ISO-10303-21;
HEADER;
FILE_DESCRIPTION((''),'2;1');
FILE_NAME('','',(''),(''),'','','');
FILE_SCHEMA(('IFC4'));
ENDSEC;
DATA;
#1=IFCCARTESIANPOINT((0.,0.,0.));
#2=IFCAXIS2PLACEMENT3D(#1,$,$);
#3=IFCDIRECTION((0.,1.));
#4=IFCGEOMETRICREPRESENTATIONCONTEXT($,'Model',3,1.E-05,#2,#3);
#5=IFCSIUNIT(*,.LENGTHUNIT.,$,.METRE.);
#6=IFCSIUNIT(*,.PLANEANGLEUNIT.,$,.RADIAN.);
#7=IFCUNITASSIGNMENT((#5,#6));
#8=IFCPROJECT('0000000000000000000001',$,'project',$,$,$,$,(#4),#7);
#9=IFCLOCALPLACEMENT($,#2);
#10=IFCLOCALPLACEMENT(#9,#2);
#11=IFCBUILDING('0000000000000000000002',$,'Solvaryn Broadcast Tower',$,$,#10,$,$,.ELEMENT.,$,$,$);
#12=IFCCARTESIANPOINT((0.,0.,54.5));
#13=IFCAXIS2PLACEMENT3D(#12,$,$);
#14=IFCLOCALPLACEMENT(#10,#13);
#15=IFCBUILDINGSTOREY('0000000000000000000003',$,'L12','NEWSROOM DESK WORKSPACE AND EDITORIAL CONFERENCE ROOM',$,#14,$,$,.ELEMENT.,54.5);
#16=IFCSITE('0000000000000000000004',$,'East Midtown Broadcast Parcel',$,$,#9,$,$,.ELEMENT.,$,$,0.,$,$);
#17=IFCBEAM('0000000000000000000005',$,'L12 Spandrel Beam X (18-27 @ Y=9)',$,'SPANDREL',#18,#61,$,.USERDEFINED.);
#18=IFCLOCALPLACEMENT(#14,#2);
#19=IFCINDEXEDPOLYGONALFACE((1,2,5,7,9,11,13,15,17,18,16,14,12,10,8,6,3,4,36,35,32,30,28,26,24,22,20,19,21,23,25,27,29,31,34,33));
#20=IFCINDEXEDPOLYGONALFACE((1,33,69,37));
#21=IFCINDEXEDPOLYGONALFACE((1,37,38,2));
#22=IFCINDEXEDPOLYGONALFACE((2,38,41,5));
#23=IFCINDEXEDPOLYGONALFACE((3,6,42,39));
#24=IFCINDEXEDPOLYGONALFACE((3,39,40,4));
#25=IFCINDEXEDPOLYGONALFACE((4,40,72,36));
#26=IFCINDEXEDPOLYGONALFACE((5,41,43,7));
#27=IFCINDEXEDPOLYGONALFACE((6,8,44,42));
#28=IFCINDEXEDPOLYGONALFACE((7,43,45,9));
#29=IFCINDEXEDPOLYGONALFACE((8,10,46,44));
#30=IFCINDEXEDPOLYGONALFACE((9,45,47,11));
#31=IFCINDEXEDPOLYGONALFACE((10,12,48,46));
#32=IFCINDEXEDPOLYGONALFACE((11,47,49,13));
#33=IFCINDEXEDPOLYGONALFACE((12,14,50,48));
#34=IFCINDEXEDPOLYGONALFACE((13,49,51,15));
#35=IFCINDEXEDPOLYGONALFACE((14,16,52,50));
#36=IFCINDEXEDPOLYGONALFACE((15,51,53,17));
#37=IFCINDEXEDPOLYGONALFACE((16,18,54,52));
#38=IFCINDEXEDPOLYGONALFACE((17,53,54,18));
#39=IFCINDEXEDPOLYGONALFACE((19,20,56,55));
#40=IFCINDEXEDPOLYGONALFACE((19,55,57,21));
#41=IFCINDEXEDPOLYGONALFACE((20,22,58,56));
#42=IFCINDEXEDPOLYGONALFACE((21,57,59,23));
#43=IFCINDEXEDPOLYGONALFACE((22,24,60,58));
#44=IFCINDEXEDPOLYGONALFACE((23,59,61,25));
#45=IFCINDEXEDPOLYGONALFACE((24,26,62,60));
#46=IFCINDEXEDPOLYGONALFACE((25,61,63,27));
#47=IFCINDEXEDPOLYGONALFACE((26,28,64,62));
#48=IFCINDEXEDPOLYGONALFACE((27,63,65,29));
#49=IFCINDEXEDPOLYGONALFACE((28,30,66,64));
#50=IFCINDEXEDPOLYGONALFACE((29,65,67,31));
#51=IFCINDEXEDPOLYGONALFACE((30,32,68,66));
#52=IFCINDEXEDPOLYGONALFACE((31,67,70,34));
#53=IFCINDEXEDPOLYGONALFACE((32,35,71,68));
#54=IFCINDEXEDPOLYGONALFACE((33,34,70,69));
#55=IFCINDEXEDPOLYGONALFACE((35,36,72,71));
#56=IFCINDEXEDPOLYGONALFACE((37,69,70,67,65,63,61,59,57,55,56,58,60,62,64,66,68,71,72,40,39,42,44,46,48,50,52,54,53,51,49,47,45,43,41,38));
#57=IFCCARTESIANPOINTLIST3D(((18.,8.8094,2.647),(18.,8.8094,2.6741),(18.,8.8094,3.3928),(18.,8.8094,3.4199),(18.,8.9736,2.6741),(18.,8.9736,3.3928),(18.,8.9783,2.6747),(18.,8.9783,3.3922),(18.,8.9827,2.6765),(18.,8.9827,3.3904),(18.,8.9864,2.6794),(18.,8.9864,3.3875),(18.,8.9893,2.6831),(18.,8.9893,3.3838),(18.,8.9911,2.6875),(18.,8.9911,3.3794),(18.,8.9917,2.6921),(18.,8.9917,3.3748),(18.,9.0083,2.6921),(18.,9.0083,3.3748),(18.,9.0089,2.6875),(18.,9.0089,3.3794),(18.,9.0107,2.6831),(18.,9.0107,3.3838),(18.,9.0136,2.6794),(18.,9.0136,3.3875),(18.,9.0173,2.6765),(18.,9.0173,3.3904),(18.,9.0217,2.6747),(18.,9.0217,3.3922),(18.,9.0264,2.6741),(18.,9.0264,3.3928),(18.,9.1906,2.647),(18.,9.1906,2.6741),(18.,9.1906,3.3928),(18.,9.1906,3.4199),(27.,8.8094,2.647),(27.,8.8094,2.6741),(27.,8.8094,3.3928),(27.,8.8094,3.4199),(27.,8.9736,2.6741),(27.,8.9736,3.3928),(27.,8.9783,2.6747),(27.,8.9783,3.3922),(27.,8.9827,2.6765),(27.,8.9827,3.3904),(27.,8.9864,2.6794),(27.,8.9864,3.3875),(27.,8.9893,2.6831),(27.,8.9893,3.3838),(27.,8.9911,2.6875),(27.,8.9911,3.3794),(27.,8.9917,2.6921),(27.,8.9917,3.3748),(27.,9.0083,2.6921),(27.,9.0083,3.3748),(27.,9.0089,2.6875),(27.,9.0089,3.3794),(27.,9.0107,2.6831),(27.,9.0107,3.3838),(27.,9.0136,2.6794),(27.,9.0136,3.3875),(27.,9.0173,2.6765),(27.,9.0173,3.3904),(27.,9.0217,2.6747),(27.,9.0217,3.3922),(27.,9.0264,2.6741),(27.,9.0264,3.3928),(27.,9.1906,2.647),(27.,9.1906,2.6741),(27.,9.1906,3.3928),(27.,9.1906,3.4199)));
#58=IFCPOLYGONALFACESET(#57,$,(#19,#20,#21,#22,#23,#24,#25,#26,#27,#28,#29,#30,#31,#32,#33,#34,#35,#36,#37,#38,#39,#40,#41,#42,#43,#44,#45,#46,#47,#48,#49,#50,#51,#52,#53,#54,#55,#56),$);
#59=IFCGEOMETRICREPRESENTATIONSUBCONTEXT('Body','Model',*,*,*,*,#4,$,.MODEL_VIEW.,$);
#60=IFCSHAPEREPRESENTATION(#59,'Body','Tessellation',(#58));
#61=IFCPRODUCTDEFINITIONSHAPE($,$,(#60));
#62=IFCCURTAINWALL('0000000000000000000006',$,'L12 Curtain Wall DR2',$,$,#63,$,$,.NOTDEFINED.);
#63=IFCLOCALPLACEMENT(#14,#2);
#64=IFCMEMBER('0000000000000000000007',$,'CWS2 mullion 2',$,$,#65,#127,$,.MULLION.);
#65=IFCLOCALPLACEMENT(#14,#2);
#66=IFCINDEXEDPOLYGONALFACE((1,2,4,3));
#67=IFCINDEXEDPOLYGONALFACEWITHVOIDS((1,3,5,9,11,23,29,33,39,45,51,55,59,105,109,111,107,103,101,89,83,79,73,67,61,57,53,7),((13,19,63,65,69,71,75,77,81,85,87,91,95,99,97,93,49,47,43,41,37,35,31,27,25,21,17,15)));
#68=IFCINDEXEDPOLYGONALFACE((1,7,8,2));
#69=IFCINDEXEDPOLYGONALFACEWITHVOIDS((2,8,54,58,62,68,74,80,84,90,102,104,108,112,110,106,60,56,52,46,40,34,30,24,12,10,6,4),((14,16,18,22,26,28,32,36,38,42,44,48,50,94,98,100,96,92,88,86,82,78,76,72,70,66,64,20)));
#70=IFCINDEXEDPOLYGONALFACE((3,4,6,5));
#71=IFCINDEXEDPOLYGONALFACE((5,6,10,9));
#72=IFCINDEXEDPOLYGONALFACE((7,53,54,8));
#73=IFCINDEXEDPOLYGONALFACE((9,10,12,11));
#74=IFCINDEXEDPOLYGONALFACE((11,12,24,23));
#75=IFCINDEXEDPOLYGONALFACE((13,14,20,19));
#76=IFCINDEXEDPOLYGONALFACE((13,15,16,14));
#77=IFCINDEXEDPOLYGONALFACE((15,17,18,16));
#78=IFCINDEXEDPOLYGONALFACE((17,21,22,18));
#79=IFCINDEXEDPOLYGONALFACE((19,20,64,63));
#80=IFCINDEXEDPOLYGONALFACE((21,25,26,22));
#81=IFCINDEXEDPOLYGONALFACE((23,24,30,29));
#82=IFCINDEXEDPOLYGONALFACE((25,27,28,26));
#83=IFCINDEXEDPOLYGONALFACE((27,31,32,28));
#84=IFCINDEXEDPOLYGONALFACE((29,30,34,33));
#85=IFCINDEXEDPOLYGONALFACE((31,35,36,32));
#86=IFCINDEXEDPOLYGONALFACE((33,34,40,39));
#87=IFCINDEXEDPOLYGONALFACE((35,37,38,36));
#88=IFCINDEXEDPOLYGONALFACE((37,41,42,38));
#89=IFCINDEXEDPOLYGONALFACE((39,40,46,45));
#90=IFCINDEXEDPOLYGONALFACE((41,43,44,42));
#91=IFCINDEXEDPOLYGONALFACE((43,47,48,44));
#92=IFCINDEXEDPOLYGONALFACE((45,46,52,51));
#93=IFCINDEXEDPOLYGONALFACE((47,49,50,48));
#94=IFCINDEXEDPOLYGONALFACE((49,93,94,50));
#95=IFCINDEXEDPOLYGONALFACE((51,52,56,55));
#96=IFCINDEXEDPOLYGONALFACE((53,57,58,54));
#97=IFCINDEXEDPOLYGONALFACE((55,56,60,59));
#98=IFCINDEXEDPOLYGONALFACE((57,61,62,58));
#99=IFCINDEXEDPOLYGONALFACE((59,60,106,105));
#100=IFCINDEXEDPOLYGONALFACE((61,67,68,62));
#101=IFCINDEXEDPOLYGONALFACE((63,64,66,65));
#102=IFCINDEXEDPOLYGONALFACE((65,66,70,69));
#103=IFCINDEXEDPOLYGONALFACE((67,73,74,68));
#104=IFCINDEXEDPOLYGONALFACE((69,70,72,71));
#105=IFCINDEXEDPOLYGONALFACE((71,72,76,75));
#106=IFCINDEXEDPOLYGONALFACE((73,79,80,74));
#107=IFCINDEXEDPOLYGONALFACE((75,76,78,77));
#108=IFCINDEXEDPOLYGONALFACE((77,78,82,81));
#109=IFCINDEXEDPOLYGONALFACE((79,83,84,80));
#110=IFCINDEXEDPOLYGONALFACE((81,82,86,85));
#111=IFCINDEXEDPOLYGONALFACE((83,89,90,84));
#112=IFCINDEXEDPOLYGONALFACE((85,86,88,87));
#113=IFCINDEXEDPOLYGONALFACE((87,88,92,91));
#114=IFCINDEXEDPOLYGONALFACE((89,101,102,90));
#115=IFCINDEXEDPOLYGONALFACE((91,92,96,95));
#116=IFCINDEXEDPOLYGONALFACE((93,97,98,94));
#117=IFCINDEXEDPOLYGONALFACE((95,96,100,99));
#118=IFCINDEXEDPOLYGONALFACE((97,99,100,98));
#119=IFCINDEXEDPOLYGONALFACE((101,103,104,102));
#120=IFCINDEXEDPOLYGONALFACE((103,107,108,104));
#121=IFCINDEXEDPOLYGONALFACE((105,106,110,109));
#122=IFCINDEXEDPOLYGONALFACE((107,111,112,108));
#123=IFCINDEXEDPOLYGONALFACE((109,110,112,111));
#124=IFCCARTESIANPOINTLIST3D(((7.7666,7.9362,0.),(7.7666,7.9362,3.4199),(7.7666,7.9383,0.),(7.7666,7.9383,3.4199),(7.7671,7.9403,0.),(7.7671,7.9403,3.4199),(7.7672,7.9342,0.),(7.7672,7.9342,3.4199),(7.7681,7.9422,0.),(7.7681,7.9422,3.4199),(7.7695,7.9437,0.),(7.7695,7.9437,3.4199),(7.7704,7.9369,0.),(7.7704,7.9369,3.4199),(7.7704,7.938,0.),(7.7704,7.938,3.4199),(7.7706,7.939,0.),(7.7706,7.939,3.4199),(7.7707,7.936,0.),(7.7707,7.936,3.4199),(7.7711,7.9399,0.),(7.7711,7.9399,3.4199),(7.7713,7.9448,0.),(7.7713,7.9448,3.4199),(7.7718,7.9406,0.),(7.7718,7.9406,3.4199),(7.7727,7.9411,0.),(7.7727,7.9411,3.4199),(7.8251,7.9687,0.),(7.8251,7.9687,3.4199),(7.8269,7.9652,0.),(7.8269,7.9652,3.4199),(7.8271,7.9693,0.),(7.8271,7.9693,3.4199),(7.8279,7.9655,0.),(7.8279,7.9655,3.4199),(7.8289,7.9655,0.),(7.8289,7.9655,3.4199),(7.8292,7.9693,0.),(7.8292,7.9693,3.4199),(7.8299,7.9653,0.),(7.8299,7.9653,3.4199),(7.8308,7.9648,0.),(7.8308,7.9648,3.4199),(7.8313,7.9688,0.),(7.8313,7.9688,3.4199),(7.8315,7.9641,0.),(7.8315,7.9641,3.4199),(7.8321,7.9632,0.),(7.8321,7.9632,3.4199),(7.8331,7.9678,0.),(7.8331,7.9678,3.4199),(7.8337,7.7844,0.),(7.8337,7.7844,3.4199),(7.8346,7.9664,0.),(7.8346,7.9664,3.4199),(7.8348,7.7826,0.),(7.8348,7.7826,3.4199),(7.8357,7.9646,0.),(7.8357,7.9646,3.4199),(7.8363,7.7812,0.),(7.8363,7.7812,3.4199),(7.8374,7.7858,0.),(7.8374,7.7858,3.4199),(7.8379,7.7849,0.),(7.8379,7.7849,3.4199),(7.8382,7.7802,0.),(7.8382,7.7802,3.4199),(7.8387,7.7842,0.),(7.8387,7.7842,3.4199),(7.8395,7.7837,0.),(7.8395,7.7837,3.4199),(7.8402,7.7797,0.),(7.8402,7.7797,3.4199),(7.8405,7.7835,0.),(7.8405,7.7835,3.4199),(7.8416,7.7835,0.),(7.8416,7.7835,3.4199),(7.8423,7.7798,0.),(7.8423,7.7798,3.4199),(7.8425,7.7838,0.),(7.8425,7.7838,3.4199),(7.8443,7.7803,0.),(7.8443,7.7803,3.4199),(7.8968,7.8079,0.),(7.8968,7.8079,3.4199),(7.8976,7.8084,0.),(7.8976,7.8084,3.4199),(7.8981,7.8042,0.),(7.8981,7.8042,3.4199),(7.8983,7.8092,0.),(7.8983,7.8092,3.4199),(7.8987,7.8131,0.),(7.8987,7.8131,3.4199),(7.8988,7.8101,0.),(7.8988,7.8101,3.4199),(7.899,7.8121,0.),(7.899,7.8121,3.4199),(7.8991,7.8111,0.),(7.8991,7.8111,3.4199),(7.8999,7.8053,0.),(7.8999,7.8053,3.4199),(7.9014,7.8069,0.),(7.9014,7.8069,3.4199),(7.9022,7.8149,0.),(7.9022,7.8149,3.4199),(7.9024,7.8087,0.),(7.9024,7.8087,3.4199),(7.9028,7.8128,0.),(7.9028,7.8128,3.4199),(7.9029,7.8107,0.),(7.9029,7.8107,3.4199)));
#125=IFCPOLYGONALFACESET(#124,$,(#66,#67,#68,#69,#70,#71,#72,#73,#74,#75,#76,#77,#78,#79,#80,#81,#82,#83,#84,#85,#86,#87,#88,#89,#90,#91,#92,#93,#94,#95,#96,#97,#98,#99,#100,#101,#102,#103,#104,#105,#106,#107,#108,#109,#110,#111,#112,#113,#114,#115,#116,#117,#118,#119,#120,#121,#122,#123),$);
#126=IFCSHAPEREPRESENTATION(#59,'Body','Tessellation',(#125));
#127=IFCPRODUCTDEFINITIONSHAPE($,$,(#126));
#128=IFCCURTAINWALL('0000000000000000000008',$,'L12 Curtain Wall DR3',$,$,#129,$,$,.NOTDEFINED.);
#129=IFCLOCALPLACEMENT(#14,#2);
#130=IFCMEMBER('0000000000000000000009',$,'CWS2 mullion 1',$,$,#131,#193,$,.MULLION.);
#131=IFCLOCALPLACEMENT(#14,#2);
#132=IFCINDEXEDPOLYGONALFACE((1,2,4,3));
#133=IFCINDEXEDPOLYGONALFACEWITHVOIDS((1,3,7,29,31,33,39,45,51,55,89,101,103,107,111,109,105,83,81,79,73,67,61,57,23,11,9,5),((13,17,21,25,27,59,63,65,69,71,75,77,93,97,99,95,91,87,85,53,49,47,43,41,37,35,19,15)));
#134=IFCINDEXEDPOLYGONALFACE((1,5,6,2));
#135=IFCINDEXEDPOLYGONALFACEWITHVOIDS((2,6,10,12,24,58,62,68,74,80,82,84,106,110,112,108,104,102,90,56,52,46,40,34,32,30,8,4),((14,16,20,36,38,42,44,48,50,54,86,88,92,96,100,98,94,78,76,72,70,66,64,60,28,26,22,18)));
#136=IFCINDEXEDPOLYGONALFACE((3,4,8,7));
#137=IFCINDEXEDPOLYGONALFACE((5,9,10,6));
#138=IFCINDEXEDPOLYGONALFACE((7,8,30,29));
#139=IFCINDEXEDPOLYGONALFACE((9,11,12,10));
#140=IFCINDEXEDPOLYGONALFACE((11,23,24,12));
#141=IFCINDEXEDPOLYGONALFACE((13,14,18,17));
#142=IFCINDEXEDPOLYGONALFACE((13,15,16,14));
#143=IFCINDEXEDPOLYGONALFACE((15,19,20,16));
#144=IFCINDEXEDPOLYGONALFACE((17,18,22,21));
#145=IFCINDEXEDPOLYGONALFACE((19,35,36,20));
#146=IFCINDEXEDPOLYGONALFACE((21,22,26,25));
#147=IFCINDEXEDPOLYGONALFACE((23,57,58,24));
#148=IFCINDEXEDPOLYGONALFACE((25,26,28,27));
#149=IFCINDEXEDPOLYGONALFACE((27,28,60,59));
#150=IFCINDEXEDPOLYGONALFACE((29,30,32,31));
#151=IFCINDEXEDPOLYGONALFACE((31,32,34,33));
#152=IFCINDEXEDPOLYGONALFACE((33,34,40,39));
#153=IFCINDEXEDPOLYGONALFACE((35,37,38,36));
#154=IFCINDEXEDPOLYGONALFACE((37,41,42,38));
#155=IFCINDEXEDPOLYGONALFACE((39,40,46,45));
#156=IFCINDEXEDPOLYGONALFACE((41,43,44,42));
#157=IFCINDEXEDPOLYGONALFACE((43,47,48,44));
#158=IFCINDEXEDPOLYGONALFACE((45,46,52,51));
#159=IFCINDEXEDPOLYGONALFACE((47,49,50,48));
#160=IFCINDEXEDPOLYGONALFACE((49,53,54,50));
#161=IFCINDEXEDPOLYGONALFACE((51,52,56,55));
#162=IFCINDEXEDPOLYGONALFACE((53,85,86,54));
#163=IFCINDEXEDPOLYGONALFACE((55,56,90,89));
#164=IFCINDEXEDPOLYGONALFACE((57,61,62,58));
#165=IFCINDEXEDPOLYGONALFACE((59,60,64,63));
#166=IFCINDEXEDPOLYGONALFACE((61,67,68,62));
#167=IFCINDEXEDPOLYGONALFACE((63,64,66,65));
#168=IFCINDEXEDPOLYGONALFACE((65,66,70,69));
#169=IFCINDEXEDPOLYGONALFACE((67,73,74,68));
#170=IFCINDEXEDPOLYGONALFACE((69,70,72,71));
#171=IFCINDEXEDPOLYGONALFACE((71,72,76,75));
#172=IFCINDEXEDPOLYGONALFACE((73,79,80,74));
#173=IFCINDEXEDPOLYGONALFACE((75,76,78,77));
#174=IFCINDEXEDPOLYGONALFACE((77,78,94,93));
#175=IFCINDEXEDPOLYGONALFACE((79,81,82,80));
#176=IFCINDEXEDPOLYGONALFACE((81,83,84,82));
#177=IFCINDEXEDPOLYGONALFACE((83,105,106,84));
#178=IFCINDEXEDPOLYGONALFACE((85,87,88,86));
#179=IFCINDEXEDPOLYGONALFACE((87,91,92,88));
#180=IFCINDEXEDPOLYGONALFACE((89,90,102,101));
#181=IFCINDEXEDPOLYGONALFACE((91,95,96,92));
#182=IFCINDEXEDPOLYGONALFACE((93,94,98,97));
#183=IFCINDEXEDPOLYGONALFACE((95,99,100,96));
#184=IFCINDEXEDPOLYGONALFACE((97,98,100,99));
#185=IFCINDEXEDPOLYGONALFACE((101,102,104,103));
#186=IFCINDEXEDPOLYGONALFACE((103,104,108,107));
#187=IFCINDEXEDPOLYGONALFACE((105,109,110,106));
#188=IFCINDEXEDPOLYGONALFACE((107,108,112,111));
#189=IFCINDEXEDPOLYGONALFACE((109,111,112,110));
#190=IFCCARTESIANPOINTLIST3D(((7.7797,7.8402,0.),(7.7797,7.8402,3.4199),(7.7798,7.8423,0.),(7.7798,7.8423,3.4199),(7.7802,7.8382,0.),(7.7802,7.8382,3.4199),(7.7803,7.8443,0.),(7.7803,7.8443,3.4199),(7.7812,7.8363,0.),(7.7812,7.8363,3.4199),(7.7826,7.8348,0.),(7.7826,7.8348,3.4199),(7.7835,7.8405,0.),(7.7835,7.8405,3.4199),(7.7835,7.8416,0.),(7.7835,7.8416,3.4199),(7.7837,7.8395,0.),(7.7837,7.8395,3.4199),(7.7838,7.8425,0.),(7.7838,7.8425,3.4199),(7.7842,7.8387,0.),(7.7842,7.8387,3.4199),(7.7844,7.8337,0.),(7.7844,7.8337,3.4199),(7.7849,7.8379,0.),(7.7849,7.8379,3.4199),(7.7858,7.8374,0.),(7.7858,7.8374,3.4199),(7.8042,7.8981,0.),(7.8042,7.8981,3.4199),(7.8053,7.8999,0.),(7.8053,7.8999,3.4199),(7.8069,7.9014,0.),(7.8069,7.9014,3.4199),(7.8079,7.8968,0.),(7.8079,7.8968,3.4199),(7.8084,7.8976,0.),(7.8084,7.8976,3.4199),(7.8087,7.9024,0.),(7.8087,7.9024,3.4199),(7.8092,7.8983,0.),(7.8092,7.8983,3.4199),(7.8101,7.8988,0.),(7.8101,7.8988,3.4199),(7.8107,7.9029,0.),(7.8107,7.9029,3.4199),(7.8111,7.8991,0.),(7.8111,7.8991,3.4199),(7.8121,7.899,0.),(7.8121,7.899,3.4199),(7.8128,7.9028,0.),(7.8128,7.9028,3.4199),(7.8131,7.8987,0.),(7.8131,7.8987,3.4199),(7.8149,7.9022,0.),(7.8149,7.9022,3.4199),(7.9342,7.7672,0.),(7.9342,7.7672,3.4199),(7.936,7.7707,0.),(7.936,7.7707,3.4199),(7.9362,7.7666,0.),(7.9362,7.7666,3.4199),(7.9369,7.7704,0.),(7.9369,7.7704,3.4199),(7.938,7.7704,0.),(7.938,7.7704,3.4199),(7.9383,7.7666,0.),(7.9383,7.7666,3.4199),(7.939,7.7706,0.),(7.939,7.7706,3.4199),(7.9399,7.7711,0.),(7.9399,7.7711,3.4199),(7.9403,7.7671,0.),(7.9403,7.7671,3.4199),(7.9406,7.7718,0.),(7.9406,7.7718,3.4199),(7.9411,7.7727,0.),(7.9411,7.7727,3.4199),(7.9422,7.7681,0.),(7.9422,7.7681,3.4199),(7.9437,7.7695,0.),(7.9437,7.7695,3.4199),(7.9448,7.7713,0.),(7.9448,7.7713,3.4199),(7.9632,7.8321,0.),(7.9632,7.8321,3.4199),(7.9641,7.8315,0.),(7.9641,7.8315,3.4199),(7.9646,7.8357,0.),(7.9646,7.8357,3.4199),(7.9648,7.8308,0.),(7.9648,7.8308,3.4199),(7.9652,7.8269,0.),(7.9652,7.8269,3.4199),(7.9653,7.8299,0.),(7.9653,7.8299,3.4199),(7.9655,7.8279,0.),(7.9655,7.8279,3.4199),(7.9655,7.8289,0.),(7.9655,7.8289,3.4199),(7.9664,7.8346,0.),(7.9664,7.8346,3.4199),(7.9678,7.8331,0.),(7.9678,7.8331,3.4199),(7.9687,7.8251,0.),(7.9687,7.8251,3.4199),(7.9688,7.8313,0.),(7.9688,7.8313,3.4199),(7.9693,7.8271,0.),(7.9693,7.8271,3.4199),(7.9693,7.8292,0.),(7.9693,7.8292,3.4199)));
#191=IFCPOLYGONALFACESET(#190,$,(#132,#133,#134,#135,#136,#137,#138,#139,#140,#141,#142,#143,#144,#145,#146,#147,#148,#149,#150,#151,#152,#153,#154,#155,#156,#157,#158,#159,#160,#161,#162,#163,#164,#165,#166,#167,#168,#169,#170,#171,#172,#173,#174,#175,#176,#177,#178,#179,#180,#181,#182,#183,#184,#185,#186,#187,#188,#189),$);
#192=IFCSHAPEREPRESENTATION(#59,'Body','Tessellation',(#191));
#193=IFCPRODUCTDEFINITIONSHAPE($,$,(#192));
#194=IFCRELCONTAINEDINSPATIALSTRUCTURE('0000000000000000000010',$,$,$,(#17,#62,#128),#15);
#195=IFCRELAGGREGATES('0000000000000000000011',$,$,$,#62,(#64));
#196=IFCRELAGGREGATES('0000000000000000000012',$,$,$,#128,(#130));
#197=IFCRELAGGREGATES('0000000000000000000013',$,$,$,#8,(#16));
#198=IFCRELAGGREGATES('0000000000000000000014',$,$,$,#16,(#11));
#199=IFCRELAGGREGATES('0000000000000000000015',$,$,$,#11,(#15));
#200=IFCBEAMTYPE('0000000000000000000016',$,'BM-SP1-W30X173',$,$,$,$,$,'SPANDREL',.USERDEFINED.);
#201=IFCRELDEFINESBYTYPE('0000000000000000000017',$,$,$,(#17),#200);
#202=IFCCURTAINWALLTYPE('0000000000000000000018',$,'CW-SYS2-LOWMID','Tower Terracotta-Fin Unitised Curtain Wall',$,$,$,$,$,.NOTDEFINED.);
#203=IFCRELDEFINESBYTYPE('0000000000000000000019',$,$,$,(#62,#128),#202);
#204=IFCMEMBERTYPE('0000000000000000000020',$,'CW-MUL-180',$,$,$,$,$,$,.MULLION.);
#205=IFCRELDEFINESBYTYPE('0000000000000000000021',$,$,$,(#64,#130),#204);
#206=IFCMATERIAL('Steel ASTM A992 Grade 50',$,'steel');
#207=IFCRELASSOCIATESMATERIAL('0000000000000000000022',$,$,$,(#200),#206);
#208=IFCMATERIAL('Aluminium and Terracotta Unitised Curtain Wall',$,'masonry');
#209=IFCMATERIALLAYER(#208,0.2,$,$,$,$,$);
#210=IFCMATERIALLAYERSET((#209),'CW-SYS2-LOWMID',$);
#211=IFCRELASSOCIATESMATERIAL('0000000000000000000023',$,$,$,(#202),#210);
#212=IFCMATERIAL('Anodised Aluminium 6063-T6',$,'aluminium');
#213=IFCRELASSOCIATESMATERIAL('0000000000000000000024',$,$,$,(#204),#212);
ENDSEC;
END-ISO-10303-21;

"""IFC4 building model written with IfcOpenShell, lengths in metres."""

from ifc_helpers import new_model, si_unit, direction, frame, origin, origin_2d, place, context, subcontext, project, spatial, hollow_rectangle, i_section, extrude, material, layer, layer_set, material_profile, profile_set, type_object, element, aggregate, save


model = new_model("IFC4")

# Units and contexts
model_context = context("Model", 3, precision=1e-05, world=origin(), true_north=direction((0.0, 1.0)))
body_context = subcontext(model_context, "Body", "Model", "MODEL_VIEW")
ifc_project = project(units=[si_unit("LENGTHUNIT", "METRE"), si_unit("PLANEANGLEUNIT", "RADIAN")], contexts=[model_context])

# Site, building, storey
site_placement = place(None, origin())
site = spatial("IfcSite", under=ifc_project, at=site_placement, Name="East Midtown Broadcast Parcel", CompositionType="ELEMENT", RefElevation=0.0)
building_placement = place(site_placement, origin())
building = spatial("IfcBuilding", under=site, at=building_placement, Name="Solvaryn Broadcast Tower", CompositionType="ELEMENT")
storey_placement = place(building_placement, frame((0.0, 0.0, 54.5)))
storey = spatial("IfcBuildingStorey", under=building, at=storey_placement, Name="L12", Description="NEWSROOM DESK WORKSPACE AND EDITORIAL CONFERENCE ROOM", CompositionType="ELEMENT", Elevation=54.5)

# Beam
ifc_material_1 = material(Name="Steel ASTM A992 Grade 50", Category="steel")
ifc_material_profile_1 = material_profile(ifc_material_1, i_section(OverallWidth=0.3811, OverallDepth=0.7729, WebThickness=0.0166, FlangeThickness=0.0271, FilletRadius=0.0181, at=origin_2d()))
ifc_profile_set_1 = profile_set([ifc_material_profile_1], Name="Steel ASTM A992 Grade 50")
beam_type_1 = type_object("IfcBeamType", Name="BM-SP1-W30X173", ElementType="SPANDREL", PredefinedType="USERDEFINED", material=ifc_profile_set_1)
beam_1_placement = place(storey_placement, frame((18.0, 9.0, 3.0334), z_axis=(1.0, 0.0, 0.0), x_axis=(0.0, 1.0, 0.0)))
element("IfcBeam", 1, at=beam_1_placement, inside=storey, type_object=beam_type_1, Name="L12 Spandrel Beam X (18-27 @ Y=9)", ObjectType="SPANDREL", PredefinedType="USERDEFINED", context=body_context, shape_type="SweptSolid", body=[
    extrude(i_section(OverallWidth=0.3811, OverallDepth=0.7729, WebThickness=0.0166, FlangeThickness=0.0271, FilletRadius=0.0181, at=origin_2d()), origin(), (0.0, 0.0, 1.0), 9.0),
])

# Curtain wall, member
ifc_material_2 = material(Name="Aluminium and Terracotta Unitised Curtain Wall", Category="masonry")
ifc_layer_1 = layer(ifc_material_2, 0.2)
ifc_layer_set_1 = layer_set([ifc_layer_1], Name="CW-SYS2-LOWMID")
curtain_wall_type = type_object("IfcCurtainWallType", Name="CW-SYS2-LOWMID", Description="Tower Terracotta-Fin Unitised Curtain Wall", PredefinedType="NOTDEFINED", material=ifc_layer_set_1)
curtain_wall_1_placement = place(storey_placement, origin())
curtain_wall_1 = element("IfcCurtainWall", 2, at=curtain_wall_1_placement, inside=storey, type_object=curtain_wall_type, Name="L12 Curtain Wall DR2", PredefinedType="NOTDEFINED")
ifc_material_3 = material(Name="Anodised Aluminium 6063-T6", Category="aluminium")
ifc_material_profile_2 = material_profile(ifc_material_3, hollow_rectangle(XDim=0.075, YDim=0.1799, WallThickness=0.0039, InnerFilletRadius=0.0039, OuterFilletRadius=0.0081, at=origin_2d()))
ifc_profile_set_2 = profile_set([ifc_material_profile_2], Name="Anodised Aluminium 6063-T6")
member_type_1 = type_object("IfcMemberType", Name="CW-MUL-180", PredefinedType="MULLION", material=ifc_profile_set_2)
member_1_placement = place(storey_placement, frame((7.8347, 7.8745, 0.0), z_axis=(0.0, 0.0, 1.0), x_axis=(0.913918, 0.405898, 0.0)))
member_1 = element("IfcMember", 3, at=member_1_placement, type_object=member_type_1, Name="CWS2 mullion 2", PredefinedType="MULLION", context=body_context, shape_type="SweptSolid", body=[
    extrude(hollow_rectangle(XDim=0.075, YDim=0.1799, WallThickness=0.0039, InnerFilletRadius=0.0039, OuterFilletRadius=0.0081, at=origin_2d()), origin(), (0.0, 0.0, 1.0), 3.4199),
])
aggregate(curtain_wall_1, [member_1])

# Curtain wall, member
curtain_wall_2_placement = place(storey_placement, origin())
curtain_wall_2 = element("IfcCurtainWall", 4, at=curtain_wall_2_placement, inside=storey, type_object=curtain_wall_type, Name="L12 Curtain Wall DR3", PredefinedType="NOTDEFINED")
member_2_placement = place(storey_placement, frame((7.8745, 7.8347, 0.0), z_axis=(0.0, 0.0, 1.0), x_axis=(0.405898, 0.913918, 0.0)))
member_2 = element("IfcMember", 5, at=member_2_placement, type_object=member_type_1, Name="CWS2 mullion 1", PredefinedType="MULLION", context=body_context, shape_type="SweptSolid", body=[
    extrude(hollow_rectangle(XDim=0.075, YDim=0.1799, WallThickness=0.0039, InnerFilletRadius=0.0039, OuterFilletRadius=0.0081, at=origin_2d()), origin(), (0.0, 0.0, 1.0), 3.4199),
])
aggregate(curtain_wall_2, [member_2])

save(model, "model.ifc")
